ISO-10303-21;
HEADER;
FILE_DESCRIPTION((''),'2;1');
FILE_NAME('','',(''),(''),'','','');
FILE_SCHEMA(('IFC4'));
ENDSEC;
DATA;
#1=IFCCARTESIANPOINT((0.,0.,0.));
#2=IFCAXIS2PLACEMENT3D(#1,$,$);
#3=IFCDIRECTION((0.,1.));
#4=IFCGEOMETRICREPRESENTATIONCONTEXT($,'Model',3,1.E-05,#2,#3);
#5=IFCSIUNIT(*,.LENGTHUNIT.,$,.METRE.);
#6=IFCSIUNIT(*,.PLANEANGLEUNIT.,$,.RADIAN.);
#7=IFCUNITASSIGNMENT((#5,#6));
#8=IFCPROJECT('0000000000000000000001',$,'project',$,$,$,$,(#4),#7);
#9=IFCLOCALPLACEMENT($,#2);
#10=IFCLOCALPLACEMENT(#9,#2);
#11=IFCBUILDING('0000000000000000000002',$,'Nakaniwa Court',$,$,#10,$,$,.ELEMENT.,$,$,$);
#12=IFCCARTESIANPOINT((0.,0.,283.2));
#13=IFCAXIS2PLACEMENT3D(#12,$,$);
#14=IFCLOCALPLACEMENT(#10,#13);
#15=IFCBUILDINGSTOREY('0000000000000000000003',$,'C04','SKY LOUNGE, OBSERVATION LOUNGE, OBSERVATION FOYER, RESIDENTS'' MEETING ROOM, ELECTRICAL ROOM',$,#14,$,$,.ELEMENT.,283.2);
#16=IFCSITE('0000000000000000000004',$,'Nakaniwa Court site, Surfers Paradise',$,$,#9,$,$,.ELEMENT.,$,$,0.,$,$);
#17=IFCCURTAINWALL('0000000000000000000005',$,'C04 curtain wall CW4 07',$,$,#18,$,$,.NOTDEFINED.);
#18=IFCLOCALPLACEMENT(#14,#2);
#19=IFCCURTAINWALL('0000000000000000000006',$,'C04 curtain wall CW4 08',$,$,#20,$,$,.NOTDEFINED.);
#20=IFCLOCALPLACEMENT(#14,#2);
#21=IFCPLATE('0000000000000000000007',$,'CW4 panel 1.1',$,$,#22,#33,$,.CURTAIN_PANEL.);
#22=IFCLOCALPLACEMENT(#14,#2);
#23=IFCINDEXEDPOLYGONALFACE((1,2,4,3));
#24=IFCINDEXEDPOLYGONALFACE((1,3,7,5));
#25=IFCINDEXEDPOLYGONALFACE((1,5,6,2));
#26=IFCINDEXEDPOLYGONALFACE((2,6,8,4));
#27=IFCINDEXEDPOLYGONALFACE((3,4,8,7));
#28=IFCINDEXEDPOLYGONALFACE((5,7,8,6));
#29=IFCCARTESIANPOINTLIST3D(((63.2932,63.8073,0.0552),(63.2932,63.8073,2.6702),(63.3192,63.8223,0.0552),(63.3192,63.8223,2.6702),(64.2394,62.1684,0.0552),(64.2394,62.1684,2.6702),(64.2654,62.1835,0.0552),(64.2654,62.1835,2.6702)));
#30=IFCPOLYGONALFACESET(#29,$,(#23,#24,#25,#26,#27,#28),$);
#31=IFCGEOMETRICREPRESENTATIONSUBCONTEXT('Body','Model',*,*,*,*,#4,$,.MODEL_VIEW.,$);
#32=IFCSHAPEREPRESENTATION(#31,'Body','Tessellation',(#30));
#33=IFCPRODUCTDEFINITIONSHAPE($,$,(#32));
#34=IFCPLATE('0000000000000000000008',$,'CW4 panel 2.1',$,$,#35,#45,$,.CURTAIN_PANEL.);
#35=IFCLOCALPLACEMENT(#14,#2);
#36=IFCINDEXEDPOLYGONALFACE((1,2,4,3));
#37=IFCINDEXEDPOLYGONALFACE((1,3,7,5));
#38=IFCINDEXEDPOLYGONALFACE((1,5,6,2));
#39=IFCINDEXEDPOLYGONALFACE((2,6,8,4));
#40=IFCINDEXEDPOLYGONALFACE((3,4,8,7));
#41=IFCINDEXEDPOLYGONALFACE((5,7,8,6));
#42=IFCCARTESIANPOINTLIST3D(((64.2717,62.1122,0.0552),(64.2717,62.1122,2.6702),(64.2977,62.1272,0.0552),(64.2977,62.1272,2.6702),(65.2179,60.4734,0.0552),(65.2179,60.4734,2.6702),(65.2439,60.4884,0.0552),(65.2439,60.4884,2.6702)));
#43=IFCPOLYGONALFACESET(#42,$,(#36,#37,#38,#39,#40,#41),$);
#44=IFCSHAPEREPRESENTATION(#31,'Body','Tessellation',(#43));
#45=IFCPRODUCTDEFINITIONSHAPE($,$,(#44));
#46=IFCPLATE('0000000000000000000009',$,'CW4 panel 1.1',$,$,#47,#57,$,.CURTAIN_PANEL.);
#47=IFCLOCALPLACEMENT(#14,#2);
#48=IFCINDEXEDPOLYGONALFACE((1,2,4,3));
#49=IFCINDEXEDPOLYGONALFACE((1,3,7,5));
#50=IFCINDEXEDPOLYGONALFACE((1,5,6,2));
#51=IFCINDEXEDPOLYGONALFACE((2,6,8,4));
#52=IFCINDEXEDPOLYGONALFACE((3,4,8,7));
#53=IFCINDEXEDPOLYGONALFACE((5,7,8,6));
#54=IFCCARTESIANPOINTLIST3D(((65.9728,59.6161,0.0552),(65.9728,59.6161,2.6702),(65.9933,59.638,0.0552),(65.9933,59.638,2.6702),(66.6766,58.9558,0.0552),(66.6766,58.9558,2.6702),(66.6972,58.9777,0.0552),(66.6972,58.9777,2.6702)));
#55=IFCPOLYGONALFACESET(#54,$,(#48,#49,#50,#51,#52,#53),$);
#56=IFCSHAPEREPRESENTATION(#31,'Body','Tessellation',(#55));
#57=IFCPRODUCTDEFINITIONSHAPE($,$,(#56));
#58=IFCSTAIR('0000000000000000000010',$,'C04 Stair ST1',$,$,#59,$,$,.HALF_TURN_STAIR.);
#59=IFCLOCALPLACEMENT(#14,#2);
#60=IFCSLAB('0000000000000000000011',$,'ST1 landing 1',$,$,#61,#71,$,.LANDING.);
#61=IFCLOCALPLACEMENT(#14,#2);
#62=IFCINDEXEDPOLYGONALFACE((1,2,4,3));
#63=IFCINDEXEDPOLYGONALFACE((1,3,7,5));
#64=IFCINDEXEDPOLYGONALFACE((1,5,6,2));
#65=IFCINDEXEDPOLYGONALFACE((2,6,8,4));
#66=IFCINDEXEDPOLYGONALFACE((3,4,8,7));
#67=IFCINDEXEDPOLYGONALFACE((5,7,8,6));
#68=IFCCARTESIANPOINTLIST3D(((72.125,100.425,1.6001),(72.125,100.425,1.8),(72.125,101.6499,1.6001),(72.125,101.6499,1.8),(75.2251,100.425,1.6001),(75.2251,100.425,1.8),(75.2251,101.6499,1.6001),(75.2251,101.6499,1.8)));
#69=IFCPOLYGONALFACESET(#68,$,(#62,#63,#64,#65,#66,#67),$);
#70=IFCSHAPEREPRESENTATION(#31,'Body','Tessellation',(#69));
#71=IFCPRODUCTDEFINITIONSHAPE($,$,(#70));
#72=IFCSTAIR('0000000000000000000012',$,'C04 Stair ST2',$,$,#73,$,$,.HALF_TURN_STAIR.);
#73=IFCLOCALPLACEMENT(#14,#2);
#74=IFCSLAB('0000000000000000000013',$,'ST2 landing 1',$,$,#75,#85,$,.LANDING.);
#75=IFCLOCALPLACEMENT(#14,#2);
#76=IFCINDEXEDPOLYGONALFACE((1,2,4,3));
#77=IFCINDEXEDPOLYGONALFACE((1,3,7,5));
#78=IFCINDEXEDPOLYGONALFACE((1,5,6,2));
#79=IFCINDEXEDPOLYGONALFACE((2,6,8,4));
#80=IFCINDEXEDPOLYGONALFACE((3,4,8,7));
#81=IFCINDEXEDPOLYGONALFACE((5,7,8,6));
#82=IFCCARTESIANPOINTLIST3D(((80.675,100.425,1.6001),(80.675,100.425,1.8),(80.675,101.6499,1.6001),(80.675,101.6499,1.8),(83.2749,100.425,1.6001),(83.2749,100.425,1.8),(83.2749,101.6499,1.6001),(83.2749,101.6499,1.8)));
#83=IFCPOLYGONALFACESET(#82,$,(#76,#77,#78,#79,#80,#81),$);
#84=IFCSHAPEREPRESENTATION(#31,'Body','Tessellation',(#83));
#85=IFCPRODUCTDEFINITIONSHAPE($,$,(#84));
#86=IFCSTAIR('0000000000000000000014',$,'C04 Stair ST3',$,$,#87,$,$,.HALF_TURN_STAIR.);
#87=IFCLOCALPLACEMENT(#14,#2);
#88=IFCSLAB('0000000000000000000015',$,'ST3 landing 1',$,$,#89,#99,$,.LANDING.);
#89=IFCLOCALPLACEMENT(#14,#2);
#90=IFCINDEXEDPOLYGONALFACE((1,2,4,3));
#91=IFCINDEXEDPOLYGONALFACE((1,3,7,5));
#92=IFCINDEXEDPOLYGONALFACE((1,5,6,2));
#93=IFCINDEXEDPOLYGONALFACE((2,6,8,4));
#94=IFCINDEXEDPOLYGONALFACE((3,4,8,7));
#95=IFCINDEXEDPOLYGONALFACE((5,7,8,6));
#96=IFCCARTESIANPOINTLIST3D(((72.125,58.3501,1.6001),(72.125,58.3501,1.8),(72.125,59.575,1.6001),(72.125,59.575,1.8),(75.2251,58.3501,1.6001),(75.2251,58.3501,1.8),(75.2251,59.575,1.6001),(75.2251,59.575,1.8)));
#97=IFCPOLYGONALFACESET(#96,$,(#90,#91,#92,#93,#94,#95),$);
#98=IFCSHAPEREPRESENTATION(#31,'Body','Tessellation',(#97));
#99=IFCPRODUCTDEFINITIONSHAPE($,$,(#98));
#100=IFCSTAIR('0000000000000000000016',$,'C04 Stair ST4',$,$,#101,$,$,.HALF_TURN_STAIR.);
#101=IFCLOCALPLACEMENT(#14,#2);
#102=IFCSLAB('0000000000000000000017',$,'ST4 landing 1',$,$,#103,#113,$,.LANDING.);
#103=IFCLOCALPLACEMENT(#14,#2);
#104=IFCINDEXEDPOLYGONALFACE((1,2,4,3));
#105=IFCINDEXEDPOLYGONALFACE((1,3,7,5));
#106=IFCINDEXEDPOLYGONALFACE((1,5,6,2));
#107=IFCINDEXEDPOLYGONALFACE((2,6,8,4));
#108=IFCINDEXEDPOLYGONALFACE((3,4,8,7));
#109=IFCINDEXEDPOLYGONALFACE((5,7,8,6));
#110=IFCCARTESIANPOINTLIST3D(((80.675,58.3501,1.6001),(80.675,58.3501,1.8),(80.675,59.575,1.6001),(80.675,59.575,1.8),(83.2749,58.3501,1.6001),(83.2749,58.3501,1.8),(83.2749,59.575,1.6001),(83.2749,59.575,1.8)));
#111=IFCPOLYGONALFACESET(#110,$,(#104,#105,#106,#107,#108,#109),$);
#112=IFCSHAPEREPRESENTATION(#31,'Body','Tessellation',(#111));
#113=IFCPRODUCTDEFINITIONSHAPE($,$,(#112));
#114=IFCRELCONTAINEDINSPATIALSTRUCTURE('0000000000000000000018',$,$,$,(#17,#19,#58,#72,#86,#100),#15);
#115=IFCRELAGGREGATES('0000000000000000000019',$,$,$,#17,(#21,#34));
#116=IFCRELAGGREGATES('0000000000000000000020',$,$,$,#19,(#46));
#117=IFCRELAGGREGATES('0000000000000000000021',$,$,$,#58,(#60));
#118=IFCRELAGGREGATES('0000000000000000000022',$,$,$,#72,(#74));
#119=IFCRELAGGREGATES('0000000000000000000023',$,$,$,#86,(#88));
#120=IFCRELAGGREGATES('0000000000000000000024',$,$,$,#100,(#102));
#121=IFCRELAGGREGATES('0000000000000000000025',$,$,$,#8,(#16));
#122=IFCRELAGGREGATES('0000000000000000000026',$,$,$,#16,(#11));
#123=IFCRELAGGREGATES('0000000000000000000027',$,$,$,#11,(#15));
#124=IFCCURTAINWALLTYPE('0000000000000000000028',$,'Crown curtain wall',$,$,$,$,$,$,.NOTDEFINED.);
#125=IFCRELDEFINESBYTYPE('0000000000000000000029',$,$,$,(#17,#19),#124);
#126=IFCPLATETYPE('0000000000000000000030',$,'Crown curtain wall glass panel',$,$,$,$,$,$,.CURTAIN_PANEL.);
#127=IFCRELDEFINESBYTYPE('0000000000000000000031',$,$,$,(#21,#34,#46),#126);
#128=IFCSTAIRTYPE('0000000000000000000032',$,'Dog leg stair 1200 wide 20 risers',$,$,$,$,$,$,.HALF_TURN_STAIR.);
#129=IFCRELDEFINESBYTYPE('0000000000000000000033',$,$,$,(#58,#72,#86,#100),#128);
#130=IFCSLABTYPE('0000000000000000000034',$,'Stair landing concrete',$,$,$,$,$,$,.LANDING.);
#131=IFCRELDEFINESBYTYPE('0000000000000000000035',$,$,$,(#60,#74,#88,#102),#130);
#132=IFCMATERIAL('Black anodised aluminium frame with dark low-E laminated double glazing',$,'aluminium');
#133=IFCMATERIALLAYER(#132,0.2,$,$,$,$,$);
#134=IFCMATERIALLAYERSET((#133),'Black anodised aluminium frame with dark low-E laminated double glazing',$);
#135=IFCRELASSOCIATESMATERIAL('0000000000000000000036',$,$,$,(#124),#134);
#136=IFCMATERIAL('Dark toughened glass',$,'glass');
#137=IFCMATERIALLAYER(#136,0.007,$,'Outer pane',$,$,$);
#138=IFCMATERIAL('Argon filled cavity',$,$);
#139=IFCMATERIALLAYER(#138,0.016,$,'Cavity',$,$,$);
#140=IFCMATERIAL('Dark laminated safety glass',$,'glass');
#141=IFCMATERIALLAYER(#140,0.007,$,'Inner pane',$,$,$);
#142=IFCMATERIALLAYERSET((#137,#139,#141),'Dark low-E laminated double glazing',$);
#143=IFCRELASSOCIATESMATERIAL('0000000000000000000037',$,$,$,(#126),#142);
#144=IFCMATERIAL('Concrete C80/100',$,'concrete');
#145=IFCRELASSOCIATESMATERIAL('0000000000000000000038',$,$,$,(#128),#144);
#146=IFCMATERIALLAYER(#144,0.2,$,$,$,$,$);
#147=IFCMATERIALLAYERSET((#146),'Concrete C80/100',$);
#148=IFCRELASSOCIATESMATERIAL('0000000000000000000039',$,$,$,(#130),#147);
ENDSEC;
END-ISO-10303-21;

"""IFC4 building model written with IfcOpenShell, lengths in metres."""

from ifc_helpers import new_model, si_unit, direction, frame, origin, origin_2d, place, context, subcontext, project, spatial, polyline, rectangle, outline, extrude, material, layer, layer_set, type_object, element, aggregate, save


model = new_model("IFC4")

# Units and contexts
model_context = context("Model", 3, precision=1e-05, world=origin(), true_north=direction((0.0, 1.0)))
body_context = subcontext(model_context, "Body", "Model", "MODEL_VIEW")
ifc_project = project(units=[si_unit("LENGTHUNIT", "METRE"), si_unit("PLANEANGLEUNIT", "RADIAN")], contexts=[model_context])

# Site, building, storey
site_placement = place(None, origin())
site = spatial("IfcSite", under=ifc_project, at=site_placement, Name="Nakaniwa Court site, Surfers Paradise", CompositionType="ELEMENT", RefElevation=0.0)
building_placement = place(site_placement, origin())
building = spatial("IfcBuilding", under=site, at=building_placement, Name="Nakaniwa Court", CompositionType="ELEMENT")
storey_placement = place(building_placement, frame((0.0, 0.0, 283.2)))
storey = spatial("IfcBuildingStorey", under=building, at=storey_placement, Name="C04", Description="SKY LOUNGE, OBSERVATION LOUNGE, OBSERVATION FOYER, RESIDENTS' MEETING ROOM, ELECTRICAL ROOM", CompositionType="ELEMENT", Elevation=283.2)

# Shared definitions
ifc_material_1 = material(Name="Concrete C80/100", Category="concrete")

# Shared definitions
ifc_material_2 = material(Name="Black anodised aluminium frame with dark low-E laminated double glazing", Category="aluminium")
ifc_layer_1 = layer(ifc_material_2, 0.2)
ifc_layer_set_1 = layer_set([ifc_layer_1], Name="Black anodised aluminium frame with dark low-E laminated double glazing")
curtain_wall_type = type_object("IfcCurtainWallType", Name="Crown curtain wall", PredefinedType="NOTDEFINED", material=ifc_layer_set_1)

# Curtain walls
curtain_wall_1_placement = place(storey_placement, origin())
curtain_wall_1 = element("IfcCurtainWall", 1, at=curtain_wall_1_placement, inside=storey, type_object=curtain_wall_type, Name="C04 curtain wall CW4 07", PredefinedType="NOTDEFINED")
curtain_wall_2_placement = place(storey_placement, origin())
curtain_wall_2 = element("IfcCurtainWall", 2, at=curtain_wall_2_placement, inside=storey, type_object=curtain_wall_type, Name="C04 curtain wall CW4 08", PredefinedType="NOTDEFINED")

# Plates
ifc_material_3 = material(Name="Dark toughened glass", Category="glass")
ifc_layer_2 = layer(ifc_material_3, 0.007, Name="Outer pane")
ifc_material_4 = material(Name="Argon filled cavity")
ifc_layer_3 = layer(ifc_material_4, 0.016, Name="Cavity")
ifc_material_5 = material(Name="Dark laminated safety glass", Category="glass")
ifc_layer_4 = layer(ifc_material_5, 0.007, Name="Inner pane")
ifc_layer_set_2 = layer_set([ifc_layer_2, ifc_layer_3, ifc_layer_4], Name="Dark low-E laminated double glazing")
plate_type = type_object("IfcPlateType", Name="Crown curtain wall glass panel", PredefinedType="CURTAIN_PANEL", material=ifc_layer_set_2)
plate_1_placement = place(storey_placement, frame((63.7793, 62.9954, 0.0552), z_axis=(0.0, 0.0, 1.0), x_axis=(0.499996, -0.866028, 0.0)))
plate_1 = element("IfcPlate", 3, at=plate_1_placement, type_object=plate_type, Name="CW4 panel 1.1", PredefinedType="CURTAIN_PANEL", context=body_context, shape_type="SweptSolid", body=[
    extrude(rectangle(XDim=1.8923, YDim=0.03, at=origin_2d()), origin(), (0.0, 0.0, 1.0), 2.615),
])
plate_2_placement = place(storey_placement, frame((64.7578, 61.3003, 0.0552), z_axis=(0.0, 0.0, 1.0), x_axis=(0.499996, -0.866028, 0.0)))
plate_2 = element("IfcPlate", 4, at=plate_2_placement, type_object=plate_type, Name="CW4 panel 2.1", PredefinedType="CURTAIN_PANEL", context=body_context, shape_type="SweptSolid", body=[
    extrude(rectangle(XDim=1.8923, YDim=0.03, at=origin_2d()), origin(), (0.0, 0.0, 1.0), 2.615),
])
aggregate(curtain_wall_1, [plate_1, plate_2])
plate_3_placement = place(storey_placement, frame((66.335, 59.2969, 0.0552), z_axis=(0.0, 0.0, 1.0), x_axis=(0.729311, -0.684182, 0.0)))
plate_3 = element("IfcPlate", 5, at=plate_3_placement, type_object=plate_type, Name="CW4 panel 1.1", PredefinedType="CURTAIN_PANEL", context=body_context, shape_type="SweptSolid", body=[
    extrude(rectangle(XDim=0.9651, YDim=0.03, at=origin_2d()), origin(), (0.0, 0.0, 1.0), 2.615),
])
aggregate(curtain_wall_2, [plate_3])

# Stairs, slabs
stair_type = type_object("IfcStairType", Name="Dog leg stair 1200 wide 20 risers", PredefinedType="HALF_TURN_STAIR", material=ifc_material_1)
stair_1_placement = place(storey_placement, origin())
stair_1 = element("IfcStair", 6, at=stair_1_placement, inside=storey, type_object=stair_type, Name="C04 Stair ST1", PredefinedType="HALF_TURN_STAIR")
ifc_layer_5 = layer(ifc_material_1, 0.2)
ifc_layer_set_3 = layer_set([ifc_layer_5], Name="Concrete C80/100")
slab_type_1 = type_object("IfcSlabType", Name="Stair landing concrete", PredefinedType="LANDING", material=ifc_layer_set_3)
slab_1_placement = place(storey_placement, frame((0.0, 0.0, 1.6001)))
slab_1 = element("IfcSlab", 7, at=slab_1_placement, type_object=slab_type_1, Name="ST1 landing 1", PredefinedType="LANDING", context=body_context, shape_type="SweptSolid", body=[
    extrude(outline(polyline([(75.2251, 100.425), (75.2251, 101.6499), (72.125, 101.6499), (72.125, 100.425), (75.2251, 100.425)])), origin(), (0.0, 0.0, 1.0), 0.2),
])
aggregate(stair_1, [slab_1])
stair_2_placement = place(storey_placement, origin())
stair_2 = element("IfcStair", 8, at=stair_2_placement, inside=storey, type_object=stair_type, Name="C04 Stair ST2", PredefinedType="HALF_TURN_STAIR")
slab_2_placement = place(storey_placement, frame((0.0, 0.0, 1.6001)))
slab_2 = element("IfcSlab", 9, at=slab_2_placement, type_object=slab_type_1, Name="ST2 landing 1", PredefinedType="LANDING", context=body_context, shape_type="SweptSolid", body=[
    extrude(outline(polyline([(83.2749, 100.425), (83.2749, 101.6499), (80.675, 101.6499), (80.675, 100.425), (83.2749, 100.425)])), origin(), (0.0, 0.0, 1.0), 0.2),
])
aggregate(stair_2, [slab_2])
stair_3_placement = place(storey_placement, origin())
stair_3 = element("IfcStair", 10, at=stair_3_placement, inside=storey, type_object=stair_type, Name="C04 Stair ST3", PredefinedType="HALF_TURN_STAIR")
slab_3_placement = place(storey_placement, frame((0.0, 0.0, 1.6001)))
slab_3 = element("IfcSlab", 11, at=slab_3_placement, type_object=slab_type_1, Name="ST3 landing 1", PredefinedType="LANDING", context=body_context, shape_type="SweptSolid", body=[
    extrude(outline(polyline([(75.2251, 58.3501), (75.2251, 59.575), (72.125, 59.575), (72.125, 58.3501), (75.2251, 58.3501)])), origin(), (0.0, 0.0, 1.0), 0.2),
])
aggregate(stair_3, [slab_3])
stair_4_placement = place(storey_placement, origin())
stair_4 = element("IfcStair", 12, at=stair_4_placement, inside=storey, type_object=stair_type, Name="C04 Stair ST4", PredefinedType="HALF_TURN_STAIR")
slab_4_placement = place(storey_placement, frame((0.0, 0.0, 1.6001)))
slab_4 = element("IfcSlab", 13, at=slab_4_placement, type_object=slab_type_1, Name="ST4 landing 1", PredefinedType="LANDING", context=body_context, shape_type="SweptSolid", body=[
    extrude(outline(polyline([(83.2749, 58.3501), (83.2749, 59.575), (80.675, 59.575), (80.675, 58.3501), (83.2749, 58.3501)])), origin(), (0.0, 0.0, 1.0), 0.2),
])
aggregate(stair_4, [slab_4])

save(model, "model.ifc")
